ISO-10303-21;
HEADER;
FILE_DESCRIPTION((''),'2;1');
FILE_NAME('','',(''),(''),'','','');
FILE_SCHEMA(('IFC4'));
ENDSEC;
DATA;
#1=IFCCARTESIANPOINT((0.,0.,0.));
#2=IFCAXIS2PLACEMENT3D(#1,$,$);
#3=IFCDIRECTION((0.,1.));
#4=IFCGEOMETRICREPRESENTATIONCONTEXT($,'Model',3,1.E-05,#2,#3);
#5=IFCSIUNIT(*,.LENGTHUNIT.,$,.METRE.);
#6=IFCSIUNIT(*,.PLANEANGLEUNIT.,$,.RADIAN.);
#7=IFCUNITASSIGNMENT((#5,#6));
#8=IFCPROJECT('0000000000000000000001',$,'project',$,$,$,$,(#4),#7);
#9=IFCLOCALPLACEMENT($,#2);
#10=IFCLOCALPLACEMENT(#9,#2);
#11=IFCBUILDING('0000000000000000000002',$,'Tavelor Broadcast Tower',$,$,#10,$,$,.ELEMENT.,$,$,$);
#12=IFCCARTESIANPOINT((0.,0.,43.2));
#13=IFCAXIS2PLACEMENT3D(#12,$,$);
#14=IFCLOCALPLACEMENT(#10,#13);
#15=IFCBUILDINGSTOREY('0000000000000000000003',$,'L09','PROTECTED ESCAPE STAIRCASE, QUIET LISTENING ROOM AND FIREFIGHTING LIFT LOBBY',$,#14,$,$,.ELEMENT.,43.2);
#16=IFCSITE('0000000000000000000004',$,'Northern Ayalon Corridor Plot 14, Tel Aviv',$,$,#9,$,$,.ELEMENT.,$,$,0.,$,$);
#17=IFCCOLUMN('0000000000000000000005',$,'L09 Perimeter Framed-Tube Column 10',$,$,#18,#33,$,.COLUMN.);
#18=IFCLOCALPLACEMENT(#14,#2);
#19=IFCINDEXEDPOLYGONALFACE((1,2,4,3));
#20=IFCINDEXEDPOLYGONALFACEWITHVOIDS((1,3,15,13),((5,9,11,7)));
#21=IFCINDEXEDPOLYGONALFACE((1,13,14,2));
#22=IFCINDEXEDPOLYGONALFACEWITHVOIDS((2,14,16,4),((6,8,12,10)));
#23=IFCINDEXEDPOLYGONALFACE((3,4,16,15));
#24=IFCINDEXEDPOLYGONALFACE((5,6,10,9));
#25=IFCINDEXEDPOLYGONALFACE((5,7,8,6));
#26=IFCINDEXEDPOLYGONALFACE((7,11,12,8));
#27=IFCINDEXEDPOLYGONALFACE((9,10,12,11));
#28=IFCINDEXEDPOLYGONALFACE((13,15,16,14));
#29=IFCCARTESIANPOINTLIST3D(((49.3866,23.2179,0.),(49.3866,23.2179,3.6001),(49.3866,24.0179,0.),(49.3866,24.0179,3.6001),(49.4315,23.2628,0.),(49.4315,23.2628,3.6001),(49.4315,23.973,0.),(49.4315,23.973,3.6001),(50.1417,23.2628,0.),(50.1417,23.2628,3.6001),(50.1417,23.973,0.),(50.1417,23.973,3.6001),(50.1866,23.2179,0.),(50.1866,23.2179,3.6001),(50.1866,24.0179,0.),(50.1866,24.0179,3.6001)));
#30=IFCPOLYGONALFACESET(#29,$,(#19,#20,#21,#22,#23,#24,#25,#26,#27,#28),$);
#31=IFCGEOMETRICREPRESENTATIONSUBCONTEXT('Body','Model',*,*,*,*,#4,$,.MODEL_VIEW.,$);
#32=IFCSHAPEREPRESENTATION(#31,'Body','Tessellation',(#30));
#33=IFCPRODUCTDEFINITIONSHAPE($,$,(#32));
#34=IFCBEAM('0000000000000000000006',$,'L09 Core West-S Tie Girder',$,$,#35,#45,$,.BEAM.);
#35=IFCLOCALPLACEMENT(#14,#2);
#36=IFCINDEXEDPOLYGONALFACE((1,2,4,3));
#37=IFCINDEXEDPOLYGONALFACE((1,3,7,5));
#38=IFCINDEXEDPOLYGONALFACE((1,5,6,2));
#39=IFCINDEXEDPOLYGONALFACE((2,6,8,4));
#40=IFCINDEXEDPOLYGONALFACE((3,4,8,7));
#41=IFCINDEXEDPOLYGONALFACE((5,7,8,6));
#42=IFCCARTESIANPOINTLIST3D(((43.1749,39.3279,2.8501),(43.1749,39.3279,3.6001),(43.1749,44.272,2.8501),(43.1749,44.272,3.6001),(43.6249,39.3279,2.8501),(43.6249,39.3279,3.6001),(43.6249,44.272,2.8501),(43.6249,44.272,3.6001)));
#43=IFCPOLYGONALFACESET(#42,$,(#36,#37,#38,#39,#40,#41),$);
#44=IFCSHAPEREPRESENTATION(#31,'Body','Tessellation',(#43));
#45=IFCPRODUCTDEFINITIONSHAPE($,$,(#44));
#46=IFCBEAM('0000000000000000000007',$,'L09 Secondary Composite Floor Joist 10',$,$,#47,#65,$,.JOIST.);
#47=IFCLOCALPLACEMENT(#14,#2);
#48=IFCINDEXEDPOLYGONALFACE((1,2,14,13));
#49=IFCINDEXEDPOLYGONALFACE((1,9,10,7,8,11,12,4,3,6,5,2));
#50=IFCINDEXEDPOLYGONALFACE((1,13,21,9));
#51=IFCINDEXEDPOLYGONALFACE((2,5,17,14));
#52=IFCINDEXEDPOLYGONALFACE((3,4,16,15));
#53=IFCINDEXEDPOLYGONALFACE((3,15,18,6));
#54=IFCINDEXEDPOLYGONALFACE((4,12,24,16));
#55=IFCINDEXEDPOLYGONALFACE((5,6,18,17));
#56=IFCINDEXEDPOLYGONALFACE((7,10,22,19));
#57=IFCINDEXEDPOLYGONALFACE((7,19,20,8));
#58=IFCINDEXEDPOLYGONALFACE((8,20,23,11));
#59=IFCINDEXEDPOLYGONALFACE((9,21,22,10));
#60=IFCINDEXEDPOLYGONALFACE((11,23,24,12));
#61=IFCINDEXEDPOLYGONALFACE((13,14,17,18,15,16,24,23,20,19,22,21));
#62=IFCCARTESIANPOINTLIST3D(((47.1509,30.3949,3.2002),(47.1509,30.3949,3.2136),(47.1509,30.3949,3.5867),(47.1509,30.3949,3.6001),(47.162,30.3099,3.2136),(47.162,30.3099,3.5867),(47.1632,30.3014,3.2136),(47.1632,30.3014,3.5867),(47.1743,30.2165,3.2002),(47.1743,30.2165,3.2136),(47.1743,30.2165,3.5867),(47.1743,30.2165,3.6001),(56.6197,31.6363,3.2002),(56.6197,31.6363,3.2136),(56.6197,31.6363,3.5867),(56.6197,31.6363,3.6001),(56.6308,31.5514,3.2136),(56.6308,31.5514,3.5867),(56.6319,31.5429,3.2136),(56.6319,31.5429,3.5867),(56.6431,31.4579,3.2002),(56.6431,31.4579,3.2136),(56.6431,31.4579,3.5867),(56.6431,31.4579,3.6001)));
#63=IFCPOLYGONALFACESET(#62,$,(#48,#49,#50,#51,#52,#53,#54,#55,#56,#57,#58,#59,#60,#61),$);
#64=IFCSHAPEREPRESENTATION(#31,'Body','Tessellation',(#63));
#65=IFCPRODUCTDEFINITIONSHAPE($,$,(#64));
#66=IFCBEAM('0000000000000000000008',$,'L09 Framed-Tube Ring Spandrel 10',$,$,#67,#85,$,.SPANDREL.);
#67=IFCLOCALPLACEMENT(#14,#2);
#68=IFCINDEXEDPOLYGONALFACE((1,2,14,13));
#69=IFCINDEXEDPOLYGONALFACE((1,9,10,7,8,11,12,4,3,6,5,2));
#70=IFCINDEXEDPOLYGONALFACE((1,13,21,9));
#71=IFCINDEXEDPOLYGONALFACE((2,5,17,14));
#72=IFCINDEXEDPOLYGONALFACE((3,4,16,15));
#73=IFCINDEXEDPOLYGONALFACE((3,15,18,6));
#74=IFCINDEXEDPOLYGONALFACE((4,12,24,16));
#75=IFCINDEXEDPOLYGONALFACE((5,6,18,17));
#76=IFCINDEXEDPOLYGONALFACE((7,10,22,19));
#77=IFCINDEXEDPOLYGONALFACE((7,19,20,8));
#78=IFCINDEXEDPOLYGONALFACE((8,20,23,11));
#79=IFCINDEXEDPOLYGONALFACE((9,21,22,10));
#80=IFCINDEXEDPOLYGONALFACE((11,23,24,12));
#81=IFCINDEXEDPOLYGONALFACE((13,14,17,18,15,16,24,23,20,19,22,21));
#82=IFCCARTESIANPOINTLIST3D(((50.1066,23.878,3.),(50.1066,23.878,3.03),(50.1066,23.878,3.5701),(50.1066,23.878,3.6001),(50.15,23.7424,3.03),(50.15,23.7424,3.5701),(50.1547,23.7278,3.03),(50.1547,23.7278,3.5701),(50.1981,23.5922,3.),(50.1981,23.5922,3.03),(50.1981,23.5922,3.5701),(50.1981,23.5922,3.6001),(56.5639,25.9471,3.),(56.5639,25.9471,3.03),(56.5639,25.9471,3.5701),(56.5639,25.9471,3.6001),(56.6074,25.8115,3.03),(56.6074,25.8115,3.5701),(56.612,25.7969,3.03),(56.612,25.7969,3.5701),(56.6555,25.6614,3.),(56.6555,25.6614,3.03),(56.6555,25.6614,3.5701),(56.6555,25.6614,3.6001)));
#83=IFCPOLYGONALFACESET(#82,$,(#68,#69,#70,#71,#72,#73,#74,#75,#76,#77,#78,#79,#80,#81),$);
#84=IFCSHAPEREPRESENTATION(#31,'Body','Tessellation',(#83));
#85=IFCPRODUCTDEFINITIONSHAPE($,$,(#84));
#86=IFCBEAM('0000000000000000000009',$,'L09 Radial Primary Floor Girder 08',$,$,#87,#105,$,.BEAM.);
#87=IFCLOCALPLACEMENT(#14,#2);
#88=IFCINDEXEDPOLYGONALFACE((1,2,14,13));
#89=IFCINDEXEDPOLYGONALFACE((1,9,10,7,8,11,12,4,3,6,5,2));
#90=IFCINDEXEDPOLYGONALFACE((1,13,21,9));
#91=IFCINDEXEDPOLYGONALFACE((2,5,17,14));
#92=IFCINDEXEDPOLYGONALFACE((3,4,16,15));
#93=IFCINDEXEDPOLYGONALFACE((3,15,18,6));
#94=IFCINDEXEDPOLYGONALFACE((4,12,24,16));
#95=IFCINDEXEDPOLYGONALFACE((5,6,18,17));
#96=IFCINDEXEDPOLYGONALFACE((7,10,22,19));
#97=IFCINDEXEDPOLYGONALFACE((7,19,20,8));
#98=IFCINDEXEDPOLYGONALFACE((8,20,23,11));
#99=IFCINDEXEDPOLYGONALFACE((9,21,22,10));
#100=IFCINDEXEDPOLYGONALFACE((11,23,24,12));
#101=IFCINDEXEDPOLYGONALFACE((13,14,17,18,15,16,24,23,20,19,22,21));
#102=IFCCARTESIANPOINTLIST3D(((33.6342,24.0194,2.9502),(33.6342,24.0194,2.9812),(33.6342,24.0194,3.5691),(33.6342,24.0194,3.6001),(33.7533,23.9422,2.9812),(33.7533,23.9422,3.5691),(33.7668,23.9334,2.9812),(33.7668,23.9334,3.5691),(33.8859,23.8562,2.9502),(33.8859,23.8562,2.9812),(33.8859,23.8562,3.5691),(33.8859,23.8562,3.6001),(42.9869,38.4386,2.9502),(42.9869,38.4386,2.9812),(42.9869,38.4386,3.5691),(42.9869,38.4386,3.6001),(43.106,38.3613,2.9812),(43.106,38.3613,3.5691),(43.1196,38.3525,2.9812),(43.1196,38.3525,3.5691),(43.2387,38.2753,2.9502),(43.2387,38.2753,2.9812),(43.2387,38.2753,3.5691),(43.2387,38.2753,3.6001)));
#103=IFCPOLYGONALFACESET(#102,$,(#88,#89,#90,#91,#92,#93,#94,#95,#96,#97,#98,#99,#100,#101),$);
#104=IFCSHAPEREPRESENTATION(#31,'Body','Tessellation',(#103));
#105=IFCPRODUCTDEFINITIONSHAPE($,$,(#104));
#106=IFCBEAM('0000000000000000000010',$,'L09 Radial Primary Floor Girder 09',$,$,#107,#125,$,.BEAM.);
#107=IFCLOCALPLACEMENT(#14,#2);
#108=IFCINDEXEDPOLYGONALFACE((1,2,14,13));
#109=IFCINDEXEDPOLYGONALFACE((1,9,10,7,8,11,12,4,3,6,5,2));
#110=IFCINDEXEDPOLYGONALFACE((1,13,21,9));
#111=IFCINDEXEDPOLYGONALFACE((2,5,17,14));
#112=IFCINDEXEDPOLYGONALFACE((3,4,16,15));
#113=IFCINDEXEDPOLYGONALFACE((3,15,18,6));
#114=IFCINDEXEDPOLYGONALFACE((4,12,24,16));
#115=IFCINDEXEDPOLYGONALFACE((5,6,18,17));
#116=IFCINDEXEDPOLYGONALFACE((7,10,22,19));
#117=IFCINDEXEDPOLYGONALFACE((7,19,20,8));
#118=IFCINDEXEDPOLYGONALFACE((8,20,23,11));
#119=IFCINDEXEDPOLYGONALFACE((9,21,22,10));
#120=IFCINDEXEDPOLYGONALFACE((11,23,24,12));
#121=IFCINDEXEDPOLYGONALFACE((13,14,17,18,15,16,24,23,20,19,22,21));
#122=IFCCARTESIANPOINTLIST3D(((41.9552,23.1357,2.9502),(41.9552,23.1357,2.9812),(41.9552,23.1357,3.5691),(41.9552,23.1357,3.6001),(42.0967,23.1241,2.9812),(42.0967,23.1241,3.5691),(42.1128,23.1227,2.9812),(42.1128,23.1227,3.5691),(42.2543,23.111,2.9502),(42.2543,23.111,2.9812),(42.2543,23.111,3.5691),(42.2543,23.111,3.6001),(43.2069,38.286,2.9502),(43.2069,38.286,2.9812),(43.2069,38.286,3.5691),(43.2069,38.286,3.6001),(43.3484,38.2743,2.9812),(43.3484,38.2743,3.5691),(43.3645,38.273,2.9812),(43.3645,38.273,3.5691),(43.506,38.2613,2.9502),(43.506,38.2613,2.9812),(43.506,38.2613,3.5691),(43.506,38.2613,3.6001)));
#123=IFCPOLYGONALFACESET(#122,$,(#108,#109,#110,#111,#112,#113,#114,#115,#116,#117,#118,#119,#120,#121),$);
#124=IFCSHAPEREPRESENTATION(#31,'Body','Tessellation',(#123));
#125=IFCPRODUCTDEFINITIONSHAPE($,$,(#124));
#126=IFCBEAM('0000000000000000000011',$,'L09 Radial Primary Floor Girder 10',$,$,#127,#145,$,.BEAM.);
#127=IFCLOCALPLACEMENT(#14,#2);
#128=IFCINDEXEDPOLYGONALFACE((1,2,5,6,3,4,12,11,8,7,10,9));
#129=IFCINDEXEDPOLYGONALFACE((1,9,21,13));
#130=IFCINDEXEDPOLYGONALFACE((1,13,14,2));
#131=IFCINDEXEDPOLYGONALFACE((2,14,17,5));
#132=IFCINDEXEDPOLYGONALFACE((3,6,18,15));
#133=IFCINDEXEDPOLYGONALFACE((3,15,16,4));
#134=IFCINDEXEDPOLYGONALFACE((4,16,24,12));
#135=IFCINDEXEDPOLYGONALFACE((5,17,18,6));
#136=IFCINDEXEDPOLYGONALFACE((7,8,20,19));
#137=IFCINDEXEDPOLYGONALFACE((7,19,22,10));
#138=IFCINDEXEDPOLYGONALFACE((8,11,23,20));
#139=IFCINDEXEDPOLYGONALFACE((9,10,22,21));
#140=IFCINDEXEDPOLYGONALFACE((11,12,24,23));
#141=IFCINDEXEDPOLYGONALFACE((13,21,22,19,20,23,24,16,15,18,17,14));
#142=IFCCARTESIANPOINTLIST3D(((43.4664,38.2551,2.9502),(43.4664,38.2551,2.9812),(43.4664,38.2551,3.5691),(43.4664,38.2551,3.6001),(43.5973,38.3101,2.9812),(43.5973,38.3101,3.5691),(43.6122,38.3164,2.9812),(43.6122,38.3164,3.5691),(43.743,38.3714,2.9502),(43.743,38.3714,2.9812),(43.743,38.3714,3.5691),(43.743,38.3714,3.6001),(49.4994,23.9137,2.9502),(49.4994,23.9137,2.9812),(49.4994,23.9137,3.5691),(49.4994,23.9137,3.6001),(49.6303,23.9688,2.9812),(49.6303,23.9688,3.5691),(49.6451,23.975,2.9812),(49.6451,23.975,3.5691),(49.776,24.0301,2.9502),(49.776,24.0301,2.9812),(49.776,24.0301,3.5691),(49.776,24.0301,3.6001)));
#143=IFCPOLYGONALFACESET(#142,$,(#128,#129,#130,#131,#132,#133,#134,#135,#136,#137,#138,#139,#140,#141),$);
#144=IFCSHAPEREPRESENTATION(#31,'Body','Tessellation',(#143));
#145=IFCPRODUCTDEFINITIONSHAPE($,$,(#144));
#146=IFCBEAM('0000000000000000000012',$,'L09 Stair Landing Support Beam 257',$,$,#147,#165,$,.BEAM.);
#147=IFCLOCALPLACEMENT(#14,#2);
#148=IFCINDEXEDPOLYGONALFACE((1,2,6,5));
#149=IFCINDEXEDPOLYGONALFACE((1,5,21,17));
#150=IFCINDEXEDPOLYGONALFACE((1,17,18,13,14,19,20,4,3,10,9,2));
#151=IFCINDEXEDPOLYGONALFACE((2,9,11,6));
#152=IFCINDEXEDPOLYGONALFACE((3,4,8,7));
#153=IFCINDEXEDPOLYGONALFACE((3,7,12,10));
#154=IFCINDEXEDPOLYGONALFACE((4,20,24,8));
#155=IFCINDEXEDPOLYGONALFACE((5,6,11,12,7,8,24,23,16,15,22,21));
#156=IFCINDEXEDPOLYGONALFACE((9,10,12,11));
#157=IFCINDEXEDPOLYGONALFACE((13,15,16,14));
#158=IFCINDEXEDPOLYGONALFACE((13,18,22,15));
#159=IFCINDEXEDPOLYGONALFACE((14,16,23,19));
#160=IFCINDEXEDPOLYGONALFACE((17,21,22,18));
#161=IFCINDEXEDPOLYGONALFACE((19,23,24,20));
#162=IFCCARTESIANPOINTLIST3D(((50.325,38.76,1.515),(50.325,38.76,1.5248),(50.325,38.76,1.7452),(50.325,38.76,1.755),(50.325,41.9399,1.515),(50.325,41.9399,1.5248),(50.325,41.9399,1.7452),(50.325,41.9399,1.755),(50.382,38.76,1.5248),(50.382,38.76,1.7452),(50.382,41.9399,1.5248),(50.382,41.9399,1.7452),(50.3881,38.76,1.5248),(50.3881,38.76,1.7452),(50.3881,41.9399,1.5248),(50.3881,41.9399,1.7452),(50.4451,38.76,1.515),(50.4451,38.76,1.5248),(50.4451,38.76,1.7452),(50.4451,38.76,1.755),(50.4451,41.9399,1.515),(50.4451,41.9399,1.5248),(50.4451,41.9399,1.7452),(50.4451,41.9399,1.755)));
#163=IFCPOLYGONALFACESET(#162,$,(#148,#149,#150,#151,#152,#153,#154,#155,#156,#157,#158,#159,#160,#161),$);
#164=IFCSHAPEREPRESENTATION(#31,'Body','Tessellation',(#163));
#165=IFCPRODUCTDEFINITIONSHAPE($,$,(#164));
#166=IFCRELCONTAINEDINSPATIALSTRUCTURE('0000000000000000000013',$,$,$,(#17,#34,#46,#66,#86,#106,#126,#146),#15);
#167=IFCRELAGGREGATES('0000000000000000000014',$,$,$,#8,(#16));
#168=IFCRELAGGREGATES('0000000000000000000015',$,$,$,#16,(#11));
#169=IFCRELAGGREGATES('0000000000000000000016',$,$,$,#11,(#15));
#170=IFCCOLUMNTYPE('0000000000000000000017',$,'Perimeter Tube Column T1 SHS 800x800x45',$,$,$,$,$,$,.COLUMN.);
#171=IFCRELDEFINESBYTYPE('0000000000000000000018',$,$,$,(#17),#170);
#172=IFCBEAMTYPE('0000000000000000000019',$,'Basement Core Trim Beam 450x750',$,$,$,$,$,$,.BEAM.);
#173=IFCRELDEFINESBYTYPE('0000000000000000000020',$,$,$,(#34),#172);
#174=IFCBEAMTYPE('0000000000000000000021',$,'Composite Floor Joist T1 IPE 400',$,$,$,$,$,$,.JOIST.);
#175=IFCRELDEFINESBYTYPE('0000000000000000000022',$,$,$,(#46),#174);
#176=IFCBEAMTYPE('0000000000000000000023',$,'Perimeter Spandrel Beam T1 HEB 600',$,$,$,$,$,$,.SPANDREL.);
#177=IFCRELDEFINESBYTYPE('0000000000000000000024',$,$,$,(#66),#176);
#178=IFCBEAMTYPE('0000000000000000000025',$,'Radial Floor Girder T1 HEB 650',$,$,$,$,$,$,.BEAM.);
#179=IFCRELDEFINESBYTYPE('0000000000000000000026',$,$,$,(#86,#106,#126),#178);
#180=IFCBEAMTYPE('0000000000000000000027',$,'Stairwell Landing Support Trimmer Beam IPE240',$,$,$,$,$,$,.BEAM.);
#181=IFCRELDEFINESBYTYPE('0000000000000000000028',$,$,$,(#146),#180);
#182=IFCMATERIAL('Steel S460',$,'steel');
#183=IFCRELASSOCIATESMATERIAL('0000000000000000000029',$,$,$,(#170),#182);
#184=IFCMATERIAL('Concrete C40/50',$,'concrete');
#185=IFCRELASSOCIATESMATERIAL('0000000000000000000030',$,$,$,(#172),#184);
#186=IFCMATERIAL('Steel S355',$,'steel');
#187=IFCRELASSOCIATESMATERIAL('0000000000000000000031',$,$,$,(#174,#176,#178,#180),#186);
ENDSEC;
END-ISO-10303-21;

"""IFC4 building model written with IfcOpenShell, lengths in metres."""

from ifc_helpers import new_model, si_unit, direction, frame, origin, origin_2d, place, context, subcontext, project, spatial, rectangle, hollow_rectangle, i_section, extrude, material, material_profile, profile_set, type_object, element, save


model = new_model("IFC4")

# Units and contexts
model_context = context("Model", 3, precision=1e-05, world=origin(), true_north=direction((0.0, 1.0)))
body_context = subcontext(model_context, "Body", "Model", "MODEL_VIEW")
ifc_project = project(units=[si_unit("LENGTHUNIT", "METRE"), si_unit("PLANEANGLEUNIT", "RADIAN")], contexts=[model_context])

# Site, building, storey
site_placement = place(None, origin())
site = spatial("IfcSite", under=ifc_project, at=site_placement, Name="Northern Ayalon Corridor Plot 14, Tel Aviv", CompositionType="ELEMENT", RefElevation=0.0)
building_placement = place(site_placement, origin())
building = spatial("IfcBuilding", under=site, at=building_placement, Name="Tavelor Broadcast Tower", CompositionType="ELEMENT")
storey_placement = place(building_placement, frame((0.0, 0.0, 43.2)))
storey = spatial("IfcBuildingStorey", under=building, at=storey_placement, Name="L09", Description="PROTECTED ESCAPE STAIRCASE, QUIET LISTENING ROOM AND FIREFIGHTING LIFT LOBBY", CompositionType="ELEMENT", Elevation=43.2)

# Column
ifc_material_1 = material(Name="Steel S460", Category="steel")
ifc_material_profile_1 = material_profile(ifc_material_1, hollow_rectangle(XDim=0.8, YDim=0.8, WallThickness=0.0449, at=origin_2d()), Name="SHS 800x800x45")
ifc_profile_set_1 = profile_set([ifc_material_profile_1], Name="Steel S460")
column_type = type_object("IfcColumnType", Name="Perimeter Tube Column T1 SHS 800x800x45", PredefinedType="COLUMN", material=ifc_profile_set_1)
column_placement = place(storey_placement, frame((49.7866, 23.6179, 0.0), z_axis=(0.0, 0.0, 1.0), x_axis=(1.0, 0.0, 0.0)))
element("IfcColumn", 1, at=column_placement, inside=storey, type_object=column_type, Name="L09 Perimeter Framed-Tube Column 10", PredefinedType="COLUMN", context=body_context, shape_type="SweptSolid", body=[
    extrude(hollow_rectangle(XDim=0.8, YDim=0.8, WallThickness=0.0449, at=origin_2d()), origin(), (0.0, 0.0, 1.0), 3.6001),
])

# Beams
ifc_material_2 = material(Name="Concrete C40/50", Category="concrete")
ifc_material_profile_2 = material_profile(ifc_material_2, rectangle(XDim=0.45, YDim=0.75, at=origin_2d()), Name="RC 450x750")
ifc_profile_set_2 = profile_set([ifc_material_profile_2], Name="Concrete C40/50")
beam_type_1 = type_object("IfcBeamType", Name="Basement Core Trim Beam 450x750", PredefinedType="BEAM", material=ifc_profile_set_2)
beam_1_placement = place(storey_placement, frame((43.3999, 39.3279, 3.2251), z_axis=(0.0, 1.0, 0.0), x_axis=(-1.0, 0.0, 0.0)))
element("IfcBeam", 2, at=beam_1_placement, inside=storey, type_object=beam_type_1, Name="L09 Core West-S Tie Girder", PredefinedType="BEAM", context=body_context, shape_type="SweptSolid", body=[
    extrude(rectangle(XDim=0.45, YDim=0.75, at=origin_2d()), origin(), (0.0, 0.0, 1.0), 4.9441),
])
ifc_material_3 = material(Name="Steel S355", Category="steel")
ifc_material_profile_3 = material_profile(ifc_material_3, i_section(OverallWidth=0.1799, OverallDepth=0.3999, WebThickness=0.0085, FlangeThickness=0.0134, at=origin_2d()), Name="IPE 400")
ifc_profile_set_3 = profile_set([ifc_material_profile_3], Name="Steel S355")
beam_type_2 = type_object("IfcBeamType", Name="Composite Floor Joist T1 IPE 400", PredefinedType="JOIST", material=ifc_profile_set_3)
beam_2_placement = place(storey_placement, frame((47.1626, 30.3057, 3.4001), z_axis=(0.991514, 0.129998, 0.0), x_axis=(-0.129998, 0.991514, 0.0)))
element("IfcBeam", 3, at=beam_2_placement, inside=storey, type_object=beam_type_2, Name="L09 Secondary Composite Floor Joist 10", PredefinedType="JOIST", context=body_context, shape_type="SweptSolid", body=[
    extrude(i_section(OverallWidth=0.1799, OverallDepth=0.3999, WebThickness=0.0085, FlangeThickness=0.0134, at=origin_2d()), origin(), (0.0, 0.0, 1.0), 9.5498),
])
ifc_material_profile_4 = material_profile(ifc_material_3, i_section(OverallWidth=0.3, OverallDepth=0.6001, WebThickness=0.0154, FlangeThickness=0.03, at=origin_2d()), Name="HEB 600")
ifc_profile_set_4 = profile_set([ifc_material_profile_4], Name="Steel S355")
beam_type_3 = type_object("IfcBeamType", Name="Perimeter Spandrel Beam T1 HEB 600", PredefinedType="SPANDREL", material=ifc_profile_set_4)
beam_3_placement = place(storey_placement, frame((50.1523, 23.7351, 3.3), z_axis=(0.952306, 0.305145, 0.0), x_axis=(-0.305145, 0.952306, 0.0)))
element("IfcBeam", 4, at=beam_3_placement, inside=storey, type_object=beam_type_3, Name="L09 Framed-Tube Ring Spandrel 10", PredefinedType="SPANDREL", context=body_context, shape_type="SweptSolid", body=[
    extrude(i_section(OverallWidth=0.3, OverallDepth=0.6001, WebThickness=0.0154, FlangeThickness=0.03, at=origin_2d()), origin(), (0.0, 0.0, 1.0), 6.7808),
])
ifc_material_profile_5 = material_profile(ifc_material_3, i_section(OverallWidth=0.3, OverallDepth=0.6499, WebThickness=0.0161, FlangeThickness=0.031, at=origin_2d()), Name="HEB 650")
ifc_profile_set_5 = profile_set([ifc_material_profile_5], Name="Steel S355")
beam_type_4 = type_object("IfcBeamType", Name="Radial Floor Girder T1 HEB 650", PredefinedType="BEAM", material=ifc_profile_set_5)
beam_4_placement = place(storey_placement, frame((43.1128, 38.3569, 3.2751), z_axis=(-0.544183, -0.838967, 0.0), x_axis=(0.838967, -0.544183, 0.0)))
element("IfcBeam", 5, at=beam_4_placement, inside=storey, type_object=beam_type_4, Name="L09 Radial Primary Floor Girder 08", PredefinedType="BEAM", context=body_context, shape_type="SweptSolid", body=[
    extrude(i_section(OverallWidth=0.3, OverallDepth=0.6499, WebThickness=0.0161, FlangeThickness=0.031, at=origin_2d()), origin(), (0.0, 0.0, 1.0), 17.1868),
])
beam_5_placement = place(storey_placement, frame((43.3564, 38.2737, 3.2751), z_axis=(-0.082338, -0.996604, 0.0), x_axis=(0.996604, -0.082338, 0.0)))
element("IfcBeam", 6, at=beam_5_placement, inside=storey, type_object=beam_type_4, Name="L09 Radial Primary Floor Girder 09", PredefinedType="BEAM", context=body_context, shape_type="SweptSolid", body=[
    extrude(i_section(OverallWidth=0.3, OverallDepth=0.6499, WebThickness=0.0161, FlangeThickness=0.031, at=origin_2d()), origin(), (0.0, 0.0, 1.0), 15.2019),
])
beam_6_placement = place(storey_placement, frame((43.6047, 38.3132, 3.2751), z_axis=(0.387757, -0.921761, 0.0), x_axis=(0.921761, 0.387757, 0.0)))
element("IfcBeam", 7, at=beam_6_placement, inside=storey, type_object=beam_type_4, Name="L09 Radial Primary Floor Girder 10", PredefinedType="BEAM", context=body_context, shape_type="SweptSolid", body=[
    extrude(i_section(OverallWidth=0.3, OverallDepth=0.6499, WebThickness=0.0161, FlangeThickness=0.031, at=origin_2d()), origin(), (0.0, 0.0, 1.0), 15.5586),
])
ifc_material_profile_6 = material_profile(ifc_material_3, i_section(OverallWidth=0.1201, OverallDepth=0.24, WebThickness=0.0061, FlangeThickness=0.0098, at=origin_2d()), Name="IPE 240")
ifc_profile_set_6 = profile_set([ifc_material_profile_6], Name="Steel S355")
beam_type_5 = type_object("IfcBeamType", Name="Stairwell Landing Support Trimmer Beam IPE240", PredefinedType="BEAM", material=ifc_profile_set_6)
for number, where, z_axis, x_axis, name in (
    (8, (50.385, 38.76, 1.635), (0.0, 1.0, 0.0), (-1.0, 0.0, 0.0), "L09 Stair Landing Support Beam 257"),
):
    element("IfcBeam", number, at=place(storey_placement, frame(where, z_axis=z_axis, x_axis=x_axis)), inside=storey, type_object=beam_type_5, Name=name, PredefinedType="BEAM", context=body_context, shape_type="SweptSolid", body=[
        extrude(i_section(OverallWidth=0.1201, OverallDepth=0.24, WebThickness=0.0061, FlangeThickness=0.0098, at=origin_2d()), origin(), (0.0, 0.0, 1.0), 3.1799),
    ])

save(model, "model.ifc")
